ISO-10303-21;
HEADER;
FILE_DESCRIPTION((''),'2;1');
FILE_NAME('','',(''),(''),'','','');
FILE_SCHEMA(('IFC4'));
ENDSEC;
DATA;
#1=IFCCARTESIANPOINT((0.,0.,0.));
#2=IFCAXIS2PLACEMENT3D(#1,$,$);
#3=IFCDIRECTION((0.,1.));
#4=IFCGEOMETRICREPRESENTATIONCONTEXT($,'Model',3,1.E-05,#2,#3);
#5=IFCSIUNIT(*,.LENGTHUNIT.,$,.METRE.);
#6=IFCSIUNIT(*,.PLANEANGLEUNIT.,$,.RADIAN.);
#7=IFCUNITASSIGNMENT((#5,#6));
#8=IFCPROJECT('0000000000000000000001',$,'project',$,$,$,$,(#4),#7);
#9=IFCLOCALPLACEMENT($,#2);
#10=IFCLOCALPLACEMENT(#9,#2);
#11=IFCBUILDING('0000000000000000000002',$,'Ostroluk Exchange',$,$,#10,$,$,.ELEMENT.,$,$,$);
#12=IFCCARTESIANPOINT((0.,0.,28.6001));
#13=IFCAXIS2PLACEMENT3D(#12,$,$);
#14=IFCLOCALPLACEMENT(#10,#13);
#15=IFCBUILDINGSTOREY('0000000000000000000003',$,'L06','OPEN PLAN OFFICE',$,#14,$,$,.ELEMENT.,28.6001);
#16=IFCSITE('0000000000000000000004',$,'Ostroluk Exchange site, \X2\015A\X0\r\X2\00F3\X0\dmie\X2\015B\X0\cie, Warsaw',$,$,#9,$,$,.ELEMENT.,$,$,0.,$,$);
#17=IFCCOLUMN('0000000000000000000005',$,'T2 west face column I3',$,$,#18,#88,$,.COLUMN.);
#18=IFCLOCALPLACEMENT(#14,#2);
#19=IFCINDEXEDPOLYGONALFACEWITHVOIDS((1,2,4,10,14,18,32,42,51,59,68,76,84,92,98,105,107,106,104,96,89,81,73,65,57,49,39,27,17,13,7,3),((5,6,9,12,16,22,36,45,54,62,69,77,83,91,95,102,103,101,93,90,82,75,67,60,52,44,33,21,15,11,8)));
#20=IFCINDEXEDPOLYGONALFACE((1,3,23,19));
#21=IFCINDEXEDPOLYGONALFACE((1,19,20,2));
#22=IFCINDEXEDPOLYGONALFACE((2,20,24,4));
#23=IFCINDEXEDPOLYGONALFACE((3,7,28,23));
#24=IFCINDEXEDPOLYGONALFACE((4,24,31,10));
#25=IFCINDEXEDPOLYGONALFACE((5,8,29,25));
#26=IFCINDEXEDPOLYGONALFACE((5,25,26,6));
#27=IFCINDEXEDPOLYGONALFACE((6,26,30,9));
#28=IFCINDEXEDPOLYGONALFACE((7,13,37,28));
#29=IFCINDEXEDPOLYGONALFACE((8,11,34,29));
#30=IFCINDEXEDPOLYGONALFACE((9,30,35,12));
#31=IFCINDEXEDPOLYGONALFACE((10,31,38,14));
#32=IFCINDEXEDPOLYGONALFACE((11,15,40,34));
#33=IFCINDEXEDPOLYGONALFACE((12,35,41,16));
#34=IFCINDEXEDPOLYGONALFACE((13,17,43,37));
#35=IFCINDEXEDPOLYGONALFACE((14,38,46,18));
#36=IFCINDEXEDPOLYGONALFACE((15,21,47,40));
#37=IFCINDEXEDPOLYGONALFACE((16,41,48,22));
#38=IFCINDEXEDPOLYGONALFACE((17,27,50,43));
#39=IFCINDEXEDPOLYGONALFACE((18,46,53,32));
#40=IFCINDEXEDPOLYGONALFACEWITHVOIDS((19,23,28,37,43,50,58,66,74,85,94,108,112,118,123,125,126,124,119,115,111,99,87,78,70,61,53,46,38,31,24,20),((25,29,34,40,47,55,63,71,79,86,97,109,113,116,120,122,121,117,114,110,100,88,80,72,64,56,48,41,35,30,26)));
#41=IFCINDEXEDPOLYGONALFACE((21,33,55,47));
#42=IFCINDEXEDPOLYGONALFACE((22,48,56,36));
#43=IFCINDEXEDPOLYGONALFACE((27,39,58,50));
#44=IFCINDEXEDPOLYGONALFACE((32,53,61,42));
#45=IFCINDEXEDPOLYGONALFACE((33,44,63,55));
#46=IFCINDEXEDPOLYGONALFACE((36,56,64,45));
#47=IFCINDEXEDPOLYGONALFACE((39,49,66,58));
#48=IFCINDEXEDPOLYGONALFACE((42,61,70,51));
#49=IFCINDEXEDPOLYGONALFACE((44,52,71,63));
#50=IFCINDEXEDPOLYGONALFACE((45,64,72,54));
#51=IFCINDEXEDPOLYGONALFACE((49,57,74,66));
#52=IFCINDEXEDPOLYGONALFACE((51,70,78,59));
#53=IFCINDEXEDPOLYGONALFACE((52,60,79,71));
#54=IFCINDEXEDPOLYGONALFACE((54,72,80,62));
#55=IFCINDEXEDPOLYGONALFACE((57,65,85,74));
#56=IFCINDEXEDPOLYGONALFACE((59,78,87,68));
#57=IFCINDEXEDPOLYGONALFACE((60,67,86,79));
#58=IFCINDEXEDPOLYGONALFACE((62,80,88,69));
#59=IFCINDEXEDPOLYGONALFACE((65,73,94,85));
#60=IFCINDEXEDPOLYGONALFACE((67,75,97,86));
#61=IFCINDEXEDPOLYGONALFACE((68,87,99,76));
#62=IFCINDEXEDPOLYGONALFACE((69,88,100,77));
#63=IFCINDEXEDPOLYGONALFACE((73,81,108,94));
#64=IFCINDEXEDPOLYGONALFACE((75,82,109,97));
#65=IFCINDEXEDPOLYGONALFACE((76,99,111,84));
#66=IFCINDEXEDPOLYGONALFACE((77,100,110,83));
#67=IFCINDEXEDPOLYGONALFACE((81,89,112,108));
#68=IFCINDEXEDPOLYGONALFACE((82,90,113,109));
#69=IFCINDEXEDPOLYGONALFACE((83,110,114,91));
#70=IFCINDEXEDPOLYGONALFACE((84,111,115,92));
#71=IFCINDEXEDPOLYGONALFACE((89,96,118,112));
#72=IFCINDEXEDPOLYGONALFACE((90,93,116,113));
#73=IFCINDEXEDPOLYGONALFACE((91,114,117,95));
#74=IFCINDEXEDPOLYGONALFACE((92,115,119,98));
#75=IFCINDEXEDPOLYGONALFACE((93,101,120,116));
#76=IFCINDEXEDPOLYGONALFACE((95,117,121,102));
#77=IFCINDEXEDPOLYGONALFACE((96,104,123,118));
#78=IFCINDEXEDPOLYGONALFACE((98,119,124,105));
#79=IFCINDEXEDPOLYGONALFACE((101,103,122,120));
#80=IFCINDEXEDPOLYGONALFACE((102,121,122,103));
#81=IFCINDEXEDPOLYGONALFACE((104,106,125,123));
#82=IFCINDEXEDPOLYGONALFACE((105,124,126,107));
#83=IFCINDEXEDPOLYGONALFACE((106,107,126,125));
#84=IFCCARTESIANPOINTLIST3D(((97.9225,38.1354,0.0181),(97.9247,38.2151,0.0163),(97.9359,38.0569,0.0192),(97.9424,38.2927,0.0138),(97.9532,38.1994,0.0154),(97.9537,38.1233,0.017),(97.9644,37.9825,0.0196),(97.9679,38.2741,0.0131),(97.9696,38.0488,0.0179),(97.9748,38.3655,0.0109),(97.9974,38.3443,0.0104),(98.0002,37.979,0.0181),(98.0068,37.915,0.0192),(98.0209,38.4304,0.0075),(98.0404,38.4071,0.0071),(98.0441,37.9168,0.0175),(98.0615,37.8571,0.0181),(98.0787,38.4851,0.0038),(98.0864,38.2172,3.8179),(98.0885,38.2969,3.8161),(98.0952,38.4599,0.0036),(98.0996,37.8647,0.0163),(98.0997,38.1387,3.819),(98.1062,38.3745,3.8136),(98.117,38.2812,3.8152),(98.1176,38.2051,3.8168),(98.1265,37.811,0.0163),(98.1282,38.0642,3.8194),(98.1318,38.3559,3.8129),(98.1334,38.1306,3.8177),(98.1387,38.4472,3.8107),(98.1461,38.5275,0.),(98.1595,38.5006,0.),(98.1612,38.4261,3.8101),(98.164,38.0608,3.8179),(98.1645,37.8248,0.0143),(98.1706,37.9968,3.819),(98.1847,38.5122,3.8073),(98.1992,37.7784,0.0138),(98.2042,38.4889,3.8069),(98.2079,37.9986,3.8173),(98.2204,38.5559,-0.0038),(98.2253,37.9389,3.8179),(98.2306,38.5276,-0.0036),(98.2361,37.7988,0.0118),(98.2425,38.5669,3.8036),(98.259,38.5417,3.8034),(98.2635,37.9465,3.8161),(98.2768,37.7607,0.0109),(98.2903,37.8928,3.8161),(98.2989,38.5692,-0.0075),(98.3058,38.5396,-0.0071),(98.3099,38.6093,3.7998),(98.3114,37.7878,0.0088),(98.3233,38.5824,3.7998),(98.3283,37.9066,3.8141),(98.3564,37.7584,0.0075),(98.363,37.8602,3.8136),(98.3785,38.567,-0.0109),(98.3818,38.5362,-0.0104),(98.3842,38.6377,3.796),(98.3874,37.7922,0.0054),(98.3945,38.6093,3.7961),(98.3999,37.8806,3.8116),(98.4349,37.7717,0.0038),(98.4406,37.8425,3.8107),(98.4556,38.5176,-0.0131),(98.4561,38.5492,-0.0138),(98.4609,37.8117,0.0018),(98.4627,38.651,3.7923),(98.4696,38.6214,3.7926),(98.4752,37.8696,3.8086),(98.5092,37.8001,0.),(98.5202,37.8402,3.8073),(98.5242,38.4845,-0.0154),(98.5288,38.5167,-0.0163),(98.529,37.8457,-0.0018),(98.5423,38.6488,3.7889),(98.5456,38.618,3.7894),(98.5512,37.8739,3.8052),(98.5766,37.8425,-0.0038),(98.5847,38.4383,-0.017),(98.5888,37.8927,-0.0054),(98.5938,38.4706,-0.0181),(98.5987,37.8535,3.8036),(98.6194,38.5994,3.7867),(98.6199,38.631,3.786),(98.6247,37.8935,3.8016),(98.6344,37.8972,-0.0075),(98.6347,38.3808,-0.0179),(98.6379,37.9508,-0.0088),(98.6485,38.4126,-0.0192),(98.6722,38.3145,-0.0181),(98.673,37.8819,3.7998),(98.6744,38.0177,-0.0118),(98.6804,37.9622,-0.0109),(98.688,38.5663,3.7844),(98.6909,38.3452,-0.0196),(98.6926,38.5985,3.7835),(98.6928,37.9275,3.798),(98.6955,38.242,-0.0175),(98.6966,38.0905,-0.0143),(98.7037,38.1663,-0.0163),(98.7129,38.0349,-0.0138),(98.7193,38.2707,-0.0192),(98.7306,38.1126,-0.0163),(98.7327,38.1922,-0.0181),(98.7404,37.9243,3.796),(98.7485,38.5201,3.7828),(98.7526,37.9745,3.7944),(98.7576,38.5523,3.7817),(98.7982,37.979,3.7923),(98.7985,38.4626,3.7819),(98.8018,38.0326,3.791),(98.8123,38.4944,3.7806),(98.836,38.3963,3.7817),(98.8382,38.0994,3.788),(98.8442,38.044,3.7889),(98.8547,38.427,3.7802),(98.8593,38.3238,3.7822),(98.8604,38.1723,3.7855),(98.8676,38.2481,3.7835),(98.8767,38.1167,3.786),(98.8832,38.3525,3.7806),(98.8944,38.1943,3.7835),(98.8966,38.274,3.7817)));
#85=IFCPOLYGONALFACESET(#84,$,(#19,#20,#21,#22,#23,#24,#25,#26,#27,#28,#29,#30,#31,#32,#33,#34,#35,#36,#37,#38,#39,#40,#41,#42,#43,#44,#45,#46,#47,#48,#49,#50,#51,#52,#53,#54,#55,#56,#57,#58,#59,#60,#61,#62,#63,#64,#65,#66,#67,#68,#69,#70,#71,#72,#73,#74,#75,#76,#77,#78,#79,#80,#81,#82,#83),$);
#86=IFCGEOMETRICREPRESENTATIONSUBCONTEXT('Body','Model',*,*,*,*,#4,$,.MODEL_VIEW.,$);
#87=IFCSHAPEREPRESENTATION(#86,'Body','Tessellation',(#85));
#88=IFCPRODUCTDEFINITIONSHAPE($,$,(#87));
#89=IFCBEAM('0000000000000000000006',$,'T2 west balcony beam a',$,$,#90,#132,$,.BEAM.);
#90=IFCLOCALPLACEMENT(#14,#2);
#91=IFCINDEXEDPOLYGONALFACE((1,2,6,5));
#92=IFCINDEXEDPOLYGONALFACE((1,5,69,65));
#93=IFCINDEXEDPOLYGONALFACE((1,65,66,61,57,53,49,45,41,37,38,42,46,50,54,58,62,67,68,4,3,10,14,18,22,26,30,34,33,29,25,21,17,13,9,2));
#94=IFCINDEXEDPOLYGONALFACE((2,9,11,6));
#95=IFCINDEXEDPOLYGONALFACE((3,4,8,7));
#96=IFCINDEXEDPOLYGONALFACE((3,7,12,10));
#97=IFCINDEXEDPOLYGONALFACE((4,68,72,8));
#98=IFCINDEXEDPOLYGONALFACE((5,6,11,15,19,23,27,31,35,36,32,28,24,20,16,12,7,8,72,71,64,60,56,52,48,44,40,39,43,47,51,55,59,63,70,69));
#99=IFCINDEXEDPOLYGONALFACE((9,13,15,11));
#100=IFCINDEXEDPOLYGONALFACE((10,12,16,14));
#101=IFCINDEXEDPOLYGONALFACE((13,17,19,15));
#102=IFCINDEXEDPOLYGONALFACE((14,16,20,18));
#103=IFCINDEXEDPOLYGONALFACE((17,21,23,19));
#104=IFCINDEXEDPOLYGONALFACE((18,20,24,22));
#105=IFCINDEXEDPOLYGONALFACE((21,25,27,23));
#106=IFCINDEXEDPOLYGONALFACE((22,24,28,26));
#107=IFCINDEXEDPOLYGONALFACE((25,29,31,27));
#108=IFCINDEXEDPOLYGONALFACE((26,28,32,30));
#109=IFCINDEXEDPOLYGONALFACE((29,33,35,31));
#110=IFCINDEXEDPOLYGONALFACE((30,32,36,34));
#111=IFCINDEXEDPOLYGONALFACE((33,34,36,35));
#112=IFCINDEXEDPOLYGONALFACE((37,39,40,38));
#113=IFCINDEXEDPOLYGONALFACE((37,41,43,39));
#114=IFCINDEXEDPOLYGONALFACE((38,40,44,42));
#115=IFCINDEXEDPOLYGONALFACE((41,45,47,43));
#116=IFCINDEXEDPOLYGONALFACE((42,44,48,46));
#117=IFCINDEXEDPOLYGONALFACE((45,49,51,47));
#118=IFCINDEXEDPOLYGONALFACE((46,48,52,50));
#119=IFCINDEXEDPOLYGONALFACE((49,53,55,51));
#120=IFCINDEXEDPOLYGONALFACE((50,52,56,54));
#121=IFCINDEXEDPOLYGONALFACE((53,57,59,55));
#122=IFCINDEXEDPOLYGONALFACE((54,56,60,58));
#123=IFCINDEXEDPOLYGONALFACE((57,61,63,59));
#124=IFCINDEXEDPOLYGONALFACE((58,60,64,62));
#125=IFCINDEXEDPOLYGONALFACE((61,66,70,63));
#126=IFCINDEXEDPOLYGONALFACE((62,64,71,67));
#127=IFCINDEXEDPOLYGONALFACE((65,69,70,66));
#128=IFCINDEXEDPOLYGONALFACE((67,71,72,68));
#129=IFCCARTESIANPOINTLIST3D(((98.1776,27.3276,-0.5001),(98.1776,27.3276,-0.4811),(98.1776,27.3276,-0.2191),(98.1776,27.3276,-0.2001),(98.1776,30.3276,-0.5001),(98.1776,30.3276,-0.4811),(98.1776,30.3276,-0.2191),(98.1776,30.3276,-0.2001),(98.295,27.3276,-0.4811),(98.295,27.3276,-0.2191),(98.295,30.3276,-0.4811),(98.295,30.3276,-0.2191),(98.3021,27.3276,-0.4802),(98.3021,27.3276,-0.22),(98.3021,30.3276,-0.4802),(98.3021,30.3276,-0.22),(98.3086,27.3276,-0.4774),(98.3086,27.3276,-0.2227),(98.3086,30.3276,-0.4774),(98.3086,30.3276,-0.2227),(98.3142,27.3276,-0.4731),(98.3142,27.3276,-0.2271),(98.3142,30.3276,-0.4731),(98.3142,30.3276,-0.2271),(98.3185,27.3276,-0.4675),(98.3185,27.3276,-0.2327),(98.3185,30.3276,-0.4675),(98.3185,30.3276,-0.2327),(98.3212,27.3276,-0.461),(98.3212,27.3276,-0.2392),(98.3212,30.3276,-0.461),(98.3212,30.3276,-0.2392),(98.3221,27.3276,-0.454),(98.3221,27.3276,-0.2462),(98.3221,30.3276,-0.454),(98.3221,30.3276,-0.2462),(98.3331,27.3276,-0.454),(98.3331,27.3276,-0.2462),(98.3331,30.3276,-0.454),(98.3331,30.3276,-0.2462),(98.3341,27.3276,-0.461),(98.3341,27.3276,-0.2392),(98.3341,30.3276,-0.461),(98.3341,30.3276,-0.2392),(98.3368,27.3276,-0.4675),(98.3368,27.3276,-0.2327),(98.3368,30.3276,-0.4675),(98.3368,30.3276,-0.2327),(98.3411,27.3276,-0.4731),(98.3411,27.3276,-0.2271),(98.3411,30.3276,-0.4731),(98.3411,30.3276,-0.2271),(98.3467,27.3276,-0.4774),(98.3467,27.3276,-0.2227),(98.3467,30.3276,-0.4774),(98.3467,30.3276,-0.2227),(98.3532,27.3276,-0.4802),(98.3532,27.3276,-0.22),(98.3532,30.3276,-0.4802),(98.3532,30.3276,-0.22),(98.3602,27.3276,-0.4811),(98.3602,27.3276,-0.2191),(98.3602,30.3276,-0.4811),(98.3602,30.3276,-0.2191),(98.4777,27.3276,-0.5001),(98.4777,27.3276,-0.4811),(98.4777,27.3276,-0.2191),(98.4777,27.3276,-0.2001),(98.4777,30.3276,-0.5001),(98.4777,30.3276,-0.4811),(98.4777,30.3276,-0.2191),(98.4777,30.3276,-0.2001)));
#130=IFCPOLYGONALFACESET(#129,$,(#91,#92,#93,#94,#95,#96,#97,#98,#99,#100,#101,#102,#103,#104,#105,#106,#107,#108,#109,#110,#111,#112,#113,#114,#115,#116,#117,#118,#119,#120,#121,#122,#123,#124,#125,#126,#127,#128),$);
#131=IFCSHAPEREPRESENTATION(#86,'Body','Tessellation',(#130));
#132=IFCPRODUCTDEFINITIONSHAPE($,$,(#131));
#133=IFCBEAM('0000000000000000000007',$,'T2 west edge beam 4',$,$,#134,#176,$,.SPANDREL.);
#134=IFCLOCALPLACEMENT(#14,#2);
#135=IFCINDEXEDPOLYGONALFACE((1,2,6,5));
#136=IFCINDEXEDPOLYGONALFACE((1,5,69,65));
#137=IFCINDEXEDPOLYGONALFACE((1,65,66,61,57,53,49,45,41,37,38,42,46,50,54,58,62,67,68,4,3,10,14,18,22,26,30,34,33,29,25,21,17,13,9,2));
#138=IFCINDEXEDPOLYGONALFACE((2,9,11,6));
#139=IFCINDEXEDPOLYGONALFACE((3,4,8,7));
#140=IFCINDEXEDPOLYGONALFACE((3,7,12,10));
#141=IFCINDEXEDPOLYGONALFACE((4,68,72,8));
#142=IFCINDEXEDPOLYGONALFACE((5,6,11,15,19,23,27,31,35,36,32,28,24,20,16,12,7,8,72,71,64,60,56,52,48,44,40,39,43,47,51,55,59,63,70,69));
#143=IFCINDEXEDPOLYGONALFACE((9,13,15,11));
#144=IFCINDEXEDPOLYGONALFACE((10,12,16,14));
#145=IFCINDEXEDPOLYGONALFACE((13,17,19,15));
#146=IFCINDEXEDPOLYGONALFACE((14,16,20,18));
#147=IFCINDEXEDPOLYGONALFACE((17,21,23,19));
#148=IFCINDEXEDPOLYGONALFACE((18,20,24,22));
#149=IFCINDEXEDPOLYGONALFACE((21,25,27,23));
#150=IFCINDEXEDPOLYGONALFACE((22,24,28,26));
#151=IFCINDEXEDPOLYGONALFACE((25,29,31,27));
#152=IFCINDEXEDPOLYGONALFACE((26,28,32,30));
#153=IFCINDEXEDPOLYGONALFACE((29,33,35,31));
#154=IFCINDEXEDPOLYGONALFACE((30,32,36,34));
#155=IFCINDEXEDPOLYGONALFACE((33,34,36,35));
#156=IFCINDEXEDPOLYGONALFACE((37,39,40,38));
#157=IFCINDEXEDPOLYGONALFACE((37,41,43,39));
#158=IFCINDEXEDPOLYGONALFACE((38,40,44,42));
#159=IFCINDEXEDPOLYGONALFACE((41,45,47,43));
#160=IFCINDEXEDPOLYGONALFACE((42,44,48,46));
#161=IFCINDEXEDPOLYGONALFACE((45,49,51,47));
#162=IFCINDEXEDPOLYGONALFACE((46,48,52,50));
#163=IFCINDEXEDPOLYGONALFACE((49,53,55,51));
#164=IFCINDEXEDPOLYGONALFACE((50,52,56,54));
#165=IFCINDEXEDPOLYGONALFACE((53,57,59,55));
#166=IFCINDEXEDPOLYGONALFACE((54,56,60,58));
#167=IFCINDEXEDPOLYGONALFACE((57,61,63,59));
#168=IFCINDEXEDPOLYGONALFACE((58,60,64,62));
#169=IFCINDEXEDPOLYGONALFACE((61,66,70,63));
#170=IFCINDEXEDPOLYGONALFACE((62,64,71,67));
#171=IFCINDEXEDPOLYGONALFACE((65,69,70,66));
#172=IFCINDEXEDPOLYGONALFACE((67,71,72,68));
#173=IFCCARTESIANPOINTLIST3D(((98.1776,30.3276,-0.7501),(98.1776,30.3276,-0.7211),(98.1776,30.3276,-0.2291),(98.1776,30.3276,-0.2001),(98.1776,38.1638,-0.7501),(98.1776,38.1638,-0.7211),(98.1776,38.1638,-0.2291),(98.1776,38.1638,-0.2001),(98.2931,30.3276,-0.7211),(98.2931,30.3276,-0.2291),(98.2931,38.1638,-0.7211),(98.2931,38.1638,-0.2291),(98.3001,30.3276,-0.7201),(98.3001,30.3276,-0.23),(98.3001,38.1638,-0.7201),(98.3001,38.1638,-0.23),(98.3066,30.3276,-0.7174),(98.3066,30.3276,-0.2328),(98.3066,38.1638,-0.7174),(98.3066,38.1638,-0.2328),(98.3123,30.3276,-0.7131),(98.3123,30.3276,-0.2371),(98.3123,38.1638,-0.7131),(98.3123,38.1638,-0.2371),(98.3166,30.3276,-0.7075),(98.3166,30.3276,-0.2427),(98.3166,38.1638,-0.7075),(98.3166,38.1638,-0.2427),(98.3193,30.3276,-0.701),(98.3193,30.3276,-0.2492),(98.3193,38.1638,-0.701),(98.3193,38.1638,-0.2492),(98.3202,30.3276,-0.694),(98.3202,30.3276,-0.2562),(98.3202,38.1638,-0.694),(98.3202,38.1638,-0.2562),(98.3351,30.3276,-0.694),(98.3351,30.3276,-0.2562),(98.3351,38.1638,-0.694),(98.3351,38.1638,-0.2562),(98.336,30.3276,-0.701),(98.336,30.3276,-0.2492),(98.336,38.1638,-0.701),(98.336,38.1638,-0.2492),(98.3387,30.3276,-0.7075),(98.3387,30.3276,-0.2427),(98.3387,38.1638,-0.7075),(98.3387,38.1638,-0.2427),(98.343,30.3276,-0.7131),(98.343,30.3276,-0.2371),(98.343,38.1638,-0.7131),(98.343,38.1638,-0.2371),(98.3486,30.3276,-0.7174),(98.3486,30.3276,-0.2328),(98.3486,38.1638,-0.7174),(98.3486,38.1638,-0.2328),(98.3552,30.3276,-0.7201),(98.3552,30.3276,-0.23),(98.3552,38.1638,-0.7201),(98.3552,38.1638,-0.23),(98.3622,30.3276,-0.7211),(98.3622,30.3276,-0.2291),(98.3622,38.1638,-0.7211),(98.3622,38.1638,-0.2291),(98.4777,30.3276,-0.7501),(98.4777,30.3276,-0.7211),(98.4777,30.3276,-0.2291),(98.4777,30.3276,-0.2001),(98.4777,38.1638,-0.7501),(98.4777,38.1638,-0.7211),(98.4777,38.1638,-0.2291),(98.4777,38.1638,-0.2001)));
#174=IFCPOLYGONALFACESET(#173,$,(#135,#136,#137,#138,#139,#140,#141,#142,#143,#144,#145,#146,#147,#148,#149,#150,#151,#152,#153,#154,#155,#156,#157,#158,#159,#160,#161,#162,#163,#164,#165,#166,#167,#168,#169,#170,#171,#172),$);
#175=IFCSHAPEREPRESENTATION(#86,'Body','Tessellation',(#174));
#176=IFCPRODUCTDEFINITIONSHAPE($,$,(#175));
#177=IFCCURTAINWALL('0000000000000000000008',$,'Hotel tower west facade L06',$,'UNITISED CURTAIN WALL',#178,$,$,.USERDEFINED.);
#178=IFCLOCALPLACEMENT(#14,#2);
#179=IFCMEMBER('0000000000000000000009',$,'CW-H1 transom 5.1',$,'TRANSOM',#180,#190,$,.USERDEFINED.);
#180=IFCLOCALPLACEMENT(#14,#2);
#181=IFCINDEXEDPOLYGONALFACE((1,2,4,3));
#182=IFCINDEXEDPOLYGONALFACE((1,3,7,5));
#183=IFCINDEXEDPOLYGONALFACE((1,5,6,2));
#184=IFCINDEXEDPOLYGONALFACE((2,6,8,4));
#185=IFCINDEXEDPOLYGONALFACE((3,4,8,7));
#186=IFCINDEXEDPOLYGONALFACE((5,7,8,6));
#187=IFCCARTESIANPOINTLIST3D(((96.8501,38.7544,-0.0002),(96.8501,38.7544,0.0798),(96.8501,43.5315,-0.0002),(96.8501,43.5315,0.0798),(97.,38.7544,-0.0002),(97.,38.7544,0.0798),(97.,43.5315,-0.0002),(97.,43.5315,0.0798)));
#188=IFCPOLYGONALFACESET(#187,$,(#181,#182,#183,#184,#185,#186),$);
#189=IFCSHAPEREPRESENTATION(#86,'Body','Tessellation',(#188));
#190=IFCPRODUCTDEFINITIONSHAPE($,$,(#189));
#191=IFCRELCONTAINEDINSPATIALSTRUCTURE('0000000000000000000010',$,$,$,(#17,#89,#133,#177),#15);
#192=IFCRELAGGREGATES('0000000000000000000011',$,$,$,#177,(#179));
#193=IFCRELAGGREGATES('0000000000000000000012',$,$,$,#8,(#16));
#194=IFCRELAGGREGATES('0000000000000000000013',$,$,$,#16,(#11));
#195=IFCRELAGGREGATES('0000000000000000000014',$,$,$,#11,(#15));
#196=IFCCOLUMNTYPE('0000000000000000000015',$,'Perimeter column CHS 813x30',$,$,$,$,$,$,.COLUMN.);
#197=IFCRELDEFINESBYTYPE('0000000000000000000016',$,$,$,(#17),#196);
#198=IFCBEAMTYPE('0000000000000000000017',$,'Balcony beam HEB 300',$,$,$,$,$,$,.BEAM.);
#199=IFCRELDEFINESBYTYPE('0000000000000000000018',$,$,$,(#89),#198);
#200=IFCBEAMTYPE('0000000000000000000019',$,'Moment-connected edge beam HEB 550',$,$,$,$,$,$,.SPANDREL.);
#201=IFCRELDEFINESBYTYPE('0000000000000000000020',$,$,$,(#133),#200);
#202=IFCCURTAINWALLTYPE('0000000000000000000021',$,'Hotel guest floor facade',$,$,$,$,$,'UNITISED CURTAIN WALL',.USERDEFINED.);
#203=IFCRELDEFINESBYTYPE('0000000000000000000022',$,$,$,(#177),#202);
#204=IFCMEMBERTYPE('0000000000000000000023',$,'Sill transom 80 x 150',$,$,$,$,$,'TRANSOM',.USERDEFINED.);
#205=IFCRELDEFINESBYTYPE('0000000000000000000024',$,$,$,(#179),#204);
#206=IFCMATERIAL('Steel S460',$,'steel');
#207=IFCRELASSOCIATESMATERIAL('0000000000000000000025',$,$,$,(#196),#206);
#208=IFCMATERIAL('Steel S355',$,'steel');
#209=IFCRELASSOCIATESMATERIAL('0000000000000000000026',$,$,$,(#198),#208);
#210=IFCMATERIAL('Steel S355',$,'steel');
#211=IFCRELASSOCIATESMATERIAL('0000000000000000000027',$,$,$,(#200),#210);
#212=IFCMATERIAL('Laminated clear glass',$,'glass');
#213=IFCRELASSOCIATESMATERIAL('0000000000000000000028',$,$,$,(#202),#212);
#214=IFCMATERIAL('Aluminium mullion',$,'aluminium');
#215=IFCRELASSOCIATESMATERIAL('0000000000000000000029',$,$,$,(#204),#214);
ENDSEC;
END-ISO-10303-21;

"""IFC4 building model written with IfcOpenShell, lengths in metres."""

from ifc_helpers import new_model, si_unit, direction, frame, origin, origin_2d, place, context, subcontext, project, spatial, rectangle, hollow_circle, i_section, extrude, material, material_profile, profile_set, type_object, element, aggregate, save


model = new_model("IFC4")

# Units and contexts
model_context = context("Model", 3, precision=1e-05, world=origin(), true_north=direction((0.0, 1.0)))
body_context = subcontext(model_context, "Body", "Model", "MODEL_VIEW")
ifc_project = project(units=[si_unit("LENGTHUNIT", "METRE"), si_unit("PLANEANGLEUNIT", "RADIAN")], contexts=[model_context])

# Site, building, storey
site_placement = place(None, origin())
site = spatial("IfcSite", under=ifc_project, at=site_placement, Name="Ostroluk Exchange site, Śródmieście, Warsaw", CompositionType="ELEMENT", RefElevation=0.0)
building_placement = place(site_placement, origin())
building = spatial("IfcBuilding", under=site, at=building_placement, Name="Ostroluk Exchange", CompositionType="ELEMENT")
storey_placement = place(building_placement, frame((0.0, 0.0, 28.6001)))
storey = spatial("IfcBuildingStorey", under=building, at=storey_placement, Name="L06", Description="OPEN PLAN OFFICE", CompositionType="ELEMENT", Elevation=28.6001)

# Column
ifc_material_1 = material(Name="Steel S460", Category="steel")
ifc_material_profile_1 = material_profile(ifc_material_1, hollow_circle(Radius=0.4065, WallThickness=0.03, at=origin_2d()), Name="CHS 813x30")
ifc_profile_set_1 = profile_set([ifc_material_profile_1], Name="Steel S460")
column_type = type_object("IfcColumnType", Name="Perimeter column CHS 813x30", PredefinedType="COLUMN", material=ifc_profile_set_1)
column_1_placement = place(storey_placement, frame((98.3276, 38.1638, 0.0), z_axis=(0.043062, 0.021499, 0.998841), x_axis=(-0.44668, 0.894694, 0.0)))
element("IfcColumn", 1, at=column_1_placement, inside=storey, type_object=column_type, Name="T2 west face column I3", PredefinedType="COLUMN", context=body_context, shape_type="SweptSolid", body=[
    extrude(hollow_circle(Radius=0.4065, WallThickness=0.03, at=origin_2d()), origin(), (0.0, 0.0, 1.0), 3.8042),
])

# Beams
ifc_material_2 = material(Name="Steel S355", Category="steel")
ifc_material_profile_2 = material_profile(ifc_material_2, i_section(OverallWidth=0.3, OverallDepth=0.3, WebThickness=0.011, FlangeThickness=0.019, FilletRadius=0.0271, at=origin_2d()), Name="HEB 300")
ifc_profile_set_2 = profile_set([ifc_material_profile_2], Name="Steel S355")
beam_type_1 = type_object("IfcBeamType", Name="Balcony beam HEB 300", PredefinedType="BEAM", material=ifc_profile_set_2)
beam_1_placement = place(storey_placement, frame((98.3276, 30.3276, -0.3501), z_axis=(0.0, -1.0, 0.0), x_axis=(1.0, 0.0, 0.0)))
element("IfcBeam", 2, at=beam_1_placement, inside=storey, type_object=beam_type_1, Name="T2 west balcony beam a", PredefinedType="BEAM", context=body_context, shape_type="SweptSolid", body=[
    extrude(i_section(OverallWidth=0.3, OverallDepth=0.3, WebThickness=0.011, FlangeThickness=0.019, FilletRadius=0.0271, at=origin_2d()), origin(), (0.0, 0.0, 1.0), 3.0),
])
ifc_material_3 = material(Name="Steel S355", Category="steel")
ifc_material_profile_3 = material_profile(ifc_material_3, i_section(OverallWidth=0.3, OverallDepth=0.55, WebThickness=0.0149, FlangeThickness=0.0291, FilletRadius=0.0271, at=origin_2d()), Name="HEB 550")
ifc_profile_set_3 = profile_set([ifc_material_profile_3], Name="Steel S355")
beam_type_2 = type_object("IfcBeamType", Name="Moment-connected edge beam HEB 550", PredefinedType="SPANDREL", material=ifc_profile_set_3)
beam_2_placement = place(storey_placement, frame((98.3276, 38.1638, -0.4751), z_axis=(0.0, -1.0, 0.0), x_axis=(1.0, 0.0, 0.0)))
element("IfcBeam", 3, at=beam_2_placement, inside=storey, type_object=beam_type_2, Name="T2 west edge beam 4", PredefinedType="SPANDREL", context=body_context, shape_type="SweptSolid", body=[
    extrude(i_section(OverallWidth=0.3, OverallDepth=0.55, WebThickness=0.0149, FlangeThickness=0.0291, FilletRadius=0.0271, at=origin_2d()), origin(), (0.0, 0.0, 1.0), 7.8362),
])

# Curtain wall, member
ifc_material_4 = material(Name="Laminated clear glass", Category="glass")
curtain_wall_type_1 = type_object("IfcCurtainWallType", Name="Hotel guest floor facade", ElementType="UNITISED CURTAIN WALL", PredefinedType="USERDEFINED", material=ifc_material_4)
curtain_wall_1_placement = place(storey_placement, origin())
curtain_wall_1 = element("IfcCurtainWall", 4, at=curtain_wall_1_placement, inside=storey, type_object=curtain_wall_type_1, Name="Hotel tower west facade L06", ObjectType="UNITISED CURTAIN WALL", PredefinedType="USERDEFINED")
ifc_material_5 = material(Name="Aluminium mullion", Category="aluminium")
ifc_material_profile_4 = material_profile(ifc_material_5, rectangle(XDim=0.1499, YDim=0.0801, at=origin_2d()), Name="Sill transom 80 x 150")
ifc_profile_set_4 = profile_set([ifc_material_profile_4], Name="Aluminium mullion")
member_type_1 = type_object("IfcMemberType", Name="Sill transom 80 x 150", ElementType="TRANSOM", PredefinedType="USERDEFINED", material=ifc_profile_set_4)
member_1_placement = place(storey_placement, frame((96.925, 43.5315, 0.0398), z_axis=(0.0, -1.0, 0.0), x_axis=(1.0, 0.0, 0.0)))
member_1 = element("IfcMember", 5, at=member_1_placement, type_object=member_type_1, Name="CW-H1 transom 5.1", ObjectType="TRANSOM", PredefinedType="USERDEFINED", context=body_context, shape_type="SweptSolid", body=[
    extrude(rectangle(XDim=0.1499, YDim=0.0801, at=origin_2d()), origin(), (0.0, 0.0, 1.0), 4.7771),
])

aggregate(curtain_wall_1, [member_1])

save(model, "model.ifc")
